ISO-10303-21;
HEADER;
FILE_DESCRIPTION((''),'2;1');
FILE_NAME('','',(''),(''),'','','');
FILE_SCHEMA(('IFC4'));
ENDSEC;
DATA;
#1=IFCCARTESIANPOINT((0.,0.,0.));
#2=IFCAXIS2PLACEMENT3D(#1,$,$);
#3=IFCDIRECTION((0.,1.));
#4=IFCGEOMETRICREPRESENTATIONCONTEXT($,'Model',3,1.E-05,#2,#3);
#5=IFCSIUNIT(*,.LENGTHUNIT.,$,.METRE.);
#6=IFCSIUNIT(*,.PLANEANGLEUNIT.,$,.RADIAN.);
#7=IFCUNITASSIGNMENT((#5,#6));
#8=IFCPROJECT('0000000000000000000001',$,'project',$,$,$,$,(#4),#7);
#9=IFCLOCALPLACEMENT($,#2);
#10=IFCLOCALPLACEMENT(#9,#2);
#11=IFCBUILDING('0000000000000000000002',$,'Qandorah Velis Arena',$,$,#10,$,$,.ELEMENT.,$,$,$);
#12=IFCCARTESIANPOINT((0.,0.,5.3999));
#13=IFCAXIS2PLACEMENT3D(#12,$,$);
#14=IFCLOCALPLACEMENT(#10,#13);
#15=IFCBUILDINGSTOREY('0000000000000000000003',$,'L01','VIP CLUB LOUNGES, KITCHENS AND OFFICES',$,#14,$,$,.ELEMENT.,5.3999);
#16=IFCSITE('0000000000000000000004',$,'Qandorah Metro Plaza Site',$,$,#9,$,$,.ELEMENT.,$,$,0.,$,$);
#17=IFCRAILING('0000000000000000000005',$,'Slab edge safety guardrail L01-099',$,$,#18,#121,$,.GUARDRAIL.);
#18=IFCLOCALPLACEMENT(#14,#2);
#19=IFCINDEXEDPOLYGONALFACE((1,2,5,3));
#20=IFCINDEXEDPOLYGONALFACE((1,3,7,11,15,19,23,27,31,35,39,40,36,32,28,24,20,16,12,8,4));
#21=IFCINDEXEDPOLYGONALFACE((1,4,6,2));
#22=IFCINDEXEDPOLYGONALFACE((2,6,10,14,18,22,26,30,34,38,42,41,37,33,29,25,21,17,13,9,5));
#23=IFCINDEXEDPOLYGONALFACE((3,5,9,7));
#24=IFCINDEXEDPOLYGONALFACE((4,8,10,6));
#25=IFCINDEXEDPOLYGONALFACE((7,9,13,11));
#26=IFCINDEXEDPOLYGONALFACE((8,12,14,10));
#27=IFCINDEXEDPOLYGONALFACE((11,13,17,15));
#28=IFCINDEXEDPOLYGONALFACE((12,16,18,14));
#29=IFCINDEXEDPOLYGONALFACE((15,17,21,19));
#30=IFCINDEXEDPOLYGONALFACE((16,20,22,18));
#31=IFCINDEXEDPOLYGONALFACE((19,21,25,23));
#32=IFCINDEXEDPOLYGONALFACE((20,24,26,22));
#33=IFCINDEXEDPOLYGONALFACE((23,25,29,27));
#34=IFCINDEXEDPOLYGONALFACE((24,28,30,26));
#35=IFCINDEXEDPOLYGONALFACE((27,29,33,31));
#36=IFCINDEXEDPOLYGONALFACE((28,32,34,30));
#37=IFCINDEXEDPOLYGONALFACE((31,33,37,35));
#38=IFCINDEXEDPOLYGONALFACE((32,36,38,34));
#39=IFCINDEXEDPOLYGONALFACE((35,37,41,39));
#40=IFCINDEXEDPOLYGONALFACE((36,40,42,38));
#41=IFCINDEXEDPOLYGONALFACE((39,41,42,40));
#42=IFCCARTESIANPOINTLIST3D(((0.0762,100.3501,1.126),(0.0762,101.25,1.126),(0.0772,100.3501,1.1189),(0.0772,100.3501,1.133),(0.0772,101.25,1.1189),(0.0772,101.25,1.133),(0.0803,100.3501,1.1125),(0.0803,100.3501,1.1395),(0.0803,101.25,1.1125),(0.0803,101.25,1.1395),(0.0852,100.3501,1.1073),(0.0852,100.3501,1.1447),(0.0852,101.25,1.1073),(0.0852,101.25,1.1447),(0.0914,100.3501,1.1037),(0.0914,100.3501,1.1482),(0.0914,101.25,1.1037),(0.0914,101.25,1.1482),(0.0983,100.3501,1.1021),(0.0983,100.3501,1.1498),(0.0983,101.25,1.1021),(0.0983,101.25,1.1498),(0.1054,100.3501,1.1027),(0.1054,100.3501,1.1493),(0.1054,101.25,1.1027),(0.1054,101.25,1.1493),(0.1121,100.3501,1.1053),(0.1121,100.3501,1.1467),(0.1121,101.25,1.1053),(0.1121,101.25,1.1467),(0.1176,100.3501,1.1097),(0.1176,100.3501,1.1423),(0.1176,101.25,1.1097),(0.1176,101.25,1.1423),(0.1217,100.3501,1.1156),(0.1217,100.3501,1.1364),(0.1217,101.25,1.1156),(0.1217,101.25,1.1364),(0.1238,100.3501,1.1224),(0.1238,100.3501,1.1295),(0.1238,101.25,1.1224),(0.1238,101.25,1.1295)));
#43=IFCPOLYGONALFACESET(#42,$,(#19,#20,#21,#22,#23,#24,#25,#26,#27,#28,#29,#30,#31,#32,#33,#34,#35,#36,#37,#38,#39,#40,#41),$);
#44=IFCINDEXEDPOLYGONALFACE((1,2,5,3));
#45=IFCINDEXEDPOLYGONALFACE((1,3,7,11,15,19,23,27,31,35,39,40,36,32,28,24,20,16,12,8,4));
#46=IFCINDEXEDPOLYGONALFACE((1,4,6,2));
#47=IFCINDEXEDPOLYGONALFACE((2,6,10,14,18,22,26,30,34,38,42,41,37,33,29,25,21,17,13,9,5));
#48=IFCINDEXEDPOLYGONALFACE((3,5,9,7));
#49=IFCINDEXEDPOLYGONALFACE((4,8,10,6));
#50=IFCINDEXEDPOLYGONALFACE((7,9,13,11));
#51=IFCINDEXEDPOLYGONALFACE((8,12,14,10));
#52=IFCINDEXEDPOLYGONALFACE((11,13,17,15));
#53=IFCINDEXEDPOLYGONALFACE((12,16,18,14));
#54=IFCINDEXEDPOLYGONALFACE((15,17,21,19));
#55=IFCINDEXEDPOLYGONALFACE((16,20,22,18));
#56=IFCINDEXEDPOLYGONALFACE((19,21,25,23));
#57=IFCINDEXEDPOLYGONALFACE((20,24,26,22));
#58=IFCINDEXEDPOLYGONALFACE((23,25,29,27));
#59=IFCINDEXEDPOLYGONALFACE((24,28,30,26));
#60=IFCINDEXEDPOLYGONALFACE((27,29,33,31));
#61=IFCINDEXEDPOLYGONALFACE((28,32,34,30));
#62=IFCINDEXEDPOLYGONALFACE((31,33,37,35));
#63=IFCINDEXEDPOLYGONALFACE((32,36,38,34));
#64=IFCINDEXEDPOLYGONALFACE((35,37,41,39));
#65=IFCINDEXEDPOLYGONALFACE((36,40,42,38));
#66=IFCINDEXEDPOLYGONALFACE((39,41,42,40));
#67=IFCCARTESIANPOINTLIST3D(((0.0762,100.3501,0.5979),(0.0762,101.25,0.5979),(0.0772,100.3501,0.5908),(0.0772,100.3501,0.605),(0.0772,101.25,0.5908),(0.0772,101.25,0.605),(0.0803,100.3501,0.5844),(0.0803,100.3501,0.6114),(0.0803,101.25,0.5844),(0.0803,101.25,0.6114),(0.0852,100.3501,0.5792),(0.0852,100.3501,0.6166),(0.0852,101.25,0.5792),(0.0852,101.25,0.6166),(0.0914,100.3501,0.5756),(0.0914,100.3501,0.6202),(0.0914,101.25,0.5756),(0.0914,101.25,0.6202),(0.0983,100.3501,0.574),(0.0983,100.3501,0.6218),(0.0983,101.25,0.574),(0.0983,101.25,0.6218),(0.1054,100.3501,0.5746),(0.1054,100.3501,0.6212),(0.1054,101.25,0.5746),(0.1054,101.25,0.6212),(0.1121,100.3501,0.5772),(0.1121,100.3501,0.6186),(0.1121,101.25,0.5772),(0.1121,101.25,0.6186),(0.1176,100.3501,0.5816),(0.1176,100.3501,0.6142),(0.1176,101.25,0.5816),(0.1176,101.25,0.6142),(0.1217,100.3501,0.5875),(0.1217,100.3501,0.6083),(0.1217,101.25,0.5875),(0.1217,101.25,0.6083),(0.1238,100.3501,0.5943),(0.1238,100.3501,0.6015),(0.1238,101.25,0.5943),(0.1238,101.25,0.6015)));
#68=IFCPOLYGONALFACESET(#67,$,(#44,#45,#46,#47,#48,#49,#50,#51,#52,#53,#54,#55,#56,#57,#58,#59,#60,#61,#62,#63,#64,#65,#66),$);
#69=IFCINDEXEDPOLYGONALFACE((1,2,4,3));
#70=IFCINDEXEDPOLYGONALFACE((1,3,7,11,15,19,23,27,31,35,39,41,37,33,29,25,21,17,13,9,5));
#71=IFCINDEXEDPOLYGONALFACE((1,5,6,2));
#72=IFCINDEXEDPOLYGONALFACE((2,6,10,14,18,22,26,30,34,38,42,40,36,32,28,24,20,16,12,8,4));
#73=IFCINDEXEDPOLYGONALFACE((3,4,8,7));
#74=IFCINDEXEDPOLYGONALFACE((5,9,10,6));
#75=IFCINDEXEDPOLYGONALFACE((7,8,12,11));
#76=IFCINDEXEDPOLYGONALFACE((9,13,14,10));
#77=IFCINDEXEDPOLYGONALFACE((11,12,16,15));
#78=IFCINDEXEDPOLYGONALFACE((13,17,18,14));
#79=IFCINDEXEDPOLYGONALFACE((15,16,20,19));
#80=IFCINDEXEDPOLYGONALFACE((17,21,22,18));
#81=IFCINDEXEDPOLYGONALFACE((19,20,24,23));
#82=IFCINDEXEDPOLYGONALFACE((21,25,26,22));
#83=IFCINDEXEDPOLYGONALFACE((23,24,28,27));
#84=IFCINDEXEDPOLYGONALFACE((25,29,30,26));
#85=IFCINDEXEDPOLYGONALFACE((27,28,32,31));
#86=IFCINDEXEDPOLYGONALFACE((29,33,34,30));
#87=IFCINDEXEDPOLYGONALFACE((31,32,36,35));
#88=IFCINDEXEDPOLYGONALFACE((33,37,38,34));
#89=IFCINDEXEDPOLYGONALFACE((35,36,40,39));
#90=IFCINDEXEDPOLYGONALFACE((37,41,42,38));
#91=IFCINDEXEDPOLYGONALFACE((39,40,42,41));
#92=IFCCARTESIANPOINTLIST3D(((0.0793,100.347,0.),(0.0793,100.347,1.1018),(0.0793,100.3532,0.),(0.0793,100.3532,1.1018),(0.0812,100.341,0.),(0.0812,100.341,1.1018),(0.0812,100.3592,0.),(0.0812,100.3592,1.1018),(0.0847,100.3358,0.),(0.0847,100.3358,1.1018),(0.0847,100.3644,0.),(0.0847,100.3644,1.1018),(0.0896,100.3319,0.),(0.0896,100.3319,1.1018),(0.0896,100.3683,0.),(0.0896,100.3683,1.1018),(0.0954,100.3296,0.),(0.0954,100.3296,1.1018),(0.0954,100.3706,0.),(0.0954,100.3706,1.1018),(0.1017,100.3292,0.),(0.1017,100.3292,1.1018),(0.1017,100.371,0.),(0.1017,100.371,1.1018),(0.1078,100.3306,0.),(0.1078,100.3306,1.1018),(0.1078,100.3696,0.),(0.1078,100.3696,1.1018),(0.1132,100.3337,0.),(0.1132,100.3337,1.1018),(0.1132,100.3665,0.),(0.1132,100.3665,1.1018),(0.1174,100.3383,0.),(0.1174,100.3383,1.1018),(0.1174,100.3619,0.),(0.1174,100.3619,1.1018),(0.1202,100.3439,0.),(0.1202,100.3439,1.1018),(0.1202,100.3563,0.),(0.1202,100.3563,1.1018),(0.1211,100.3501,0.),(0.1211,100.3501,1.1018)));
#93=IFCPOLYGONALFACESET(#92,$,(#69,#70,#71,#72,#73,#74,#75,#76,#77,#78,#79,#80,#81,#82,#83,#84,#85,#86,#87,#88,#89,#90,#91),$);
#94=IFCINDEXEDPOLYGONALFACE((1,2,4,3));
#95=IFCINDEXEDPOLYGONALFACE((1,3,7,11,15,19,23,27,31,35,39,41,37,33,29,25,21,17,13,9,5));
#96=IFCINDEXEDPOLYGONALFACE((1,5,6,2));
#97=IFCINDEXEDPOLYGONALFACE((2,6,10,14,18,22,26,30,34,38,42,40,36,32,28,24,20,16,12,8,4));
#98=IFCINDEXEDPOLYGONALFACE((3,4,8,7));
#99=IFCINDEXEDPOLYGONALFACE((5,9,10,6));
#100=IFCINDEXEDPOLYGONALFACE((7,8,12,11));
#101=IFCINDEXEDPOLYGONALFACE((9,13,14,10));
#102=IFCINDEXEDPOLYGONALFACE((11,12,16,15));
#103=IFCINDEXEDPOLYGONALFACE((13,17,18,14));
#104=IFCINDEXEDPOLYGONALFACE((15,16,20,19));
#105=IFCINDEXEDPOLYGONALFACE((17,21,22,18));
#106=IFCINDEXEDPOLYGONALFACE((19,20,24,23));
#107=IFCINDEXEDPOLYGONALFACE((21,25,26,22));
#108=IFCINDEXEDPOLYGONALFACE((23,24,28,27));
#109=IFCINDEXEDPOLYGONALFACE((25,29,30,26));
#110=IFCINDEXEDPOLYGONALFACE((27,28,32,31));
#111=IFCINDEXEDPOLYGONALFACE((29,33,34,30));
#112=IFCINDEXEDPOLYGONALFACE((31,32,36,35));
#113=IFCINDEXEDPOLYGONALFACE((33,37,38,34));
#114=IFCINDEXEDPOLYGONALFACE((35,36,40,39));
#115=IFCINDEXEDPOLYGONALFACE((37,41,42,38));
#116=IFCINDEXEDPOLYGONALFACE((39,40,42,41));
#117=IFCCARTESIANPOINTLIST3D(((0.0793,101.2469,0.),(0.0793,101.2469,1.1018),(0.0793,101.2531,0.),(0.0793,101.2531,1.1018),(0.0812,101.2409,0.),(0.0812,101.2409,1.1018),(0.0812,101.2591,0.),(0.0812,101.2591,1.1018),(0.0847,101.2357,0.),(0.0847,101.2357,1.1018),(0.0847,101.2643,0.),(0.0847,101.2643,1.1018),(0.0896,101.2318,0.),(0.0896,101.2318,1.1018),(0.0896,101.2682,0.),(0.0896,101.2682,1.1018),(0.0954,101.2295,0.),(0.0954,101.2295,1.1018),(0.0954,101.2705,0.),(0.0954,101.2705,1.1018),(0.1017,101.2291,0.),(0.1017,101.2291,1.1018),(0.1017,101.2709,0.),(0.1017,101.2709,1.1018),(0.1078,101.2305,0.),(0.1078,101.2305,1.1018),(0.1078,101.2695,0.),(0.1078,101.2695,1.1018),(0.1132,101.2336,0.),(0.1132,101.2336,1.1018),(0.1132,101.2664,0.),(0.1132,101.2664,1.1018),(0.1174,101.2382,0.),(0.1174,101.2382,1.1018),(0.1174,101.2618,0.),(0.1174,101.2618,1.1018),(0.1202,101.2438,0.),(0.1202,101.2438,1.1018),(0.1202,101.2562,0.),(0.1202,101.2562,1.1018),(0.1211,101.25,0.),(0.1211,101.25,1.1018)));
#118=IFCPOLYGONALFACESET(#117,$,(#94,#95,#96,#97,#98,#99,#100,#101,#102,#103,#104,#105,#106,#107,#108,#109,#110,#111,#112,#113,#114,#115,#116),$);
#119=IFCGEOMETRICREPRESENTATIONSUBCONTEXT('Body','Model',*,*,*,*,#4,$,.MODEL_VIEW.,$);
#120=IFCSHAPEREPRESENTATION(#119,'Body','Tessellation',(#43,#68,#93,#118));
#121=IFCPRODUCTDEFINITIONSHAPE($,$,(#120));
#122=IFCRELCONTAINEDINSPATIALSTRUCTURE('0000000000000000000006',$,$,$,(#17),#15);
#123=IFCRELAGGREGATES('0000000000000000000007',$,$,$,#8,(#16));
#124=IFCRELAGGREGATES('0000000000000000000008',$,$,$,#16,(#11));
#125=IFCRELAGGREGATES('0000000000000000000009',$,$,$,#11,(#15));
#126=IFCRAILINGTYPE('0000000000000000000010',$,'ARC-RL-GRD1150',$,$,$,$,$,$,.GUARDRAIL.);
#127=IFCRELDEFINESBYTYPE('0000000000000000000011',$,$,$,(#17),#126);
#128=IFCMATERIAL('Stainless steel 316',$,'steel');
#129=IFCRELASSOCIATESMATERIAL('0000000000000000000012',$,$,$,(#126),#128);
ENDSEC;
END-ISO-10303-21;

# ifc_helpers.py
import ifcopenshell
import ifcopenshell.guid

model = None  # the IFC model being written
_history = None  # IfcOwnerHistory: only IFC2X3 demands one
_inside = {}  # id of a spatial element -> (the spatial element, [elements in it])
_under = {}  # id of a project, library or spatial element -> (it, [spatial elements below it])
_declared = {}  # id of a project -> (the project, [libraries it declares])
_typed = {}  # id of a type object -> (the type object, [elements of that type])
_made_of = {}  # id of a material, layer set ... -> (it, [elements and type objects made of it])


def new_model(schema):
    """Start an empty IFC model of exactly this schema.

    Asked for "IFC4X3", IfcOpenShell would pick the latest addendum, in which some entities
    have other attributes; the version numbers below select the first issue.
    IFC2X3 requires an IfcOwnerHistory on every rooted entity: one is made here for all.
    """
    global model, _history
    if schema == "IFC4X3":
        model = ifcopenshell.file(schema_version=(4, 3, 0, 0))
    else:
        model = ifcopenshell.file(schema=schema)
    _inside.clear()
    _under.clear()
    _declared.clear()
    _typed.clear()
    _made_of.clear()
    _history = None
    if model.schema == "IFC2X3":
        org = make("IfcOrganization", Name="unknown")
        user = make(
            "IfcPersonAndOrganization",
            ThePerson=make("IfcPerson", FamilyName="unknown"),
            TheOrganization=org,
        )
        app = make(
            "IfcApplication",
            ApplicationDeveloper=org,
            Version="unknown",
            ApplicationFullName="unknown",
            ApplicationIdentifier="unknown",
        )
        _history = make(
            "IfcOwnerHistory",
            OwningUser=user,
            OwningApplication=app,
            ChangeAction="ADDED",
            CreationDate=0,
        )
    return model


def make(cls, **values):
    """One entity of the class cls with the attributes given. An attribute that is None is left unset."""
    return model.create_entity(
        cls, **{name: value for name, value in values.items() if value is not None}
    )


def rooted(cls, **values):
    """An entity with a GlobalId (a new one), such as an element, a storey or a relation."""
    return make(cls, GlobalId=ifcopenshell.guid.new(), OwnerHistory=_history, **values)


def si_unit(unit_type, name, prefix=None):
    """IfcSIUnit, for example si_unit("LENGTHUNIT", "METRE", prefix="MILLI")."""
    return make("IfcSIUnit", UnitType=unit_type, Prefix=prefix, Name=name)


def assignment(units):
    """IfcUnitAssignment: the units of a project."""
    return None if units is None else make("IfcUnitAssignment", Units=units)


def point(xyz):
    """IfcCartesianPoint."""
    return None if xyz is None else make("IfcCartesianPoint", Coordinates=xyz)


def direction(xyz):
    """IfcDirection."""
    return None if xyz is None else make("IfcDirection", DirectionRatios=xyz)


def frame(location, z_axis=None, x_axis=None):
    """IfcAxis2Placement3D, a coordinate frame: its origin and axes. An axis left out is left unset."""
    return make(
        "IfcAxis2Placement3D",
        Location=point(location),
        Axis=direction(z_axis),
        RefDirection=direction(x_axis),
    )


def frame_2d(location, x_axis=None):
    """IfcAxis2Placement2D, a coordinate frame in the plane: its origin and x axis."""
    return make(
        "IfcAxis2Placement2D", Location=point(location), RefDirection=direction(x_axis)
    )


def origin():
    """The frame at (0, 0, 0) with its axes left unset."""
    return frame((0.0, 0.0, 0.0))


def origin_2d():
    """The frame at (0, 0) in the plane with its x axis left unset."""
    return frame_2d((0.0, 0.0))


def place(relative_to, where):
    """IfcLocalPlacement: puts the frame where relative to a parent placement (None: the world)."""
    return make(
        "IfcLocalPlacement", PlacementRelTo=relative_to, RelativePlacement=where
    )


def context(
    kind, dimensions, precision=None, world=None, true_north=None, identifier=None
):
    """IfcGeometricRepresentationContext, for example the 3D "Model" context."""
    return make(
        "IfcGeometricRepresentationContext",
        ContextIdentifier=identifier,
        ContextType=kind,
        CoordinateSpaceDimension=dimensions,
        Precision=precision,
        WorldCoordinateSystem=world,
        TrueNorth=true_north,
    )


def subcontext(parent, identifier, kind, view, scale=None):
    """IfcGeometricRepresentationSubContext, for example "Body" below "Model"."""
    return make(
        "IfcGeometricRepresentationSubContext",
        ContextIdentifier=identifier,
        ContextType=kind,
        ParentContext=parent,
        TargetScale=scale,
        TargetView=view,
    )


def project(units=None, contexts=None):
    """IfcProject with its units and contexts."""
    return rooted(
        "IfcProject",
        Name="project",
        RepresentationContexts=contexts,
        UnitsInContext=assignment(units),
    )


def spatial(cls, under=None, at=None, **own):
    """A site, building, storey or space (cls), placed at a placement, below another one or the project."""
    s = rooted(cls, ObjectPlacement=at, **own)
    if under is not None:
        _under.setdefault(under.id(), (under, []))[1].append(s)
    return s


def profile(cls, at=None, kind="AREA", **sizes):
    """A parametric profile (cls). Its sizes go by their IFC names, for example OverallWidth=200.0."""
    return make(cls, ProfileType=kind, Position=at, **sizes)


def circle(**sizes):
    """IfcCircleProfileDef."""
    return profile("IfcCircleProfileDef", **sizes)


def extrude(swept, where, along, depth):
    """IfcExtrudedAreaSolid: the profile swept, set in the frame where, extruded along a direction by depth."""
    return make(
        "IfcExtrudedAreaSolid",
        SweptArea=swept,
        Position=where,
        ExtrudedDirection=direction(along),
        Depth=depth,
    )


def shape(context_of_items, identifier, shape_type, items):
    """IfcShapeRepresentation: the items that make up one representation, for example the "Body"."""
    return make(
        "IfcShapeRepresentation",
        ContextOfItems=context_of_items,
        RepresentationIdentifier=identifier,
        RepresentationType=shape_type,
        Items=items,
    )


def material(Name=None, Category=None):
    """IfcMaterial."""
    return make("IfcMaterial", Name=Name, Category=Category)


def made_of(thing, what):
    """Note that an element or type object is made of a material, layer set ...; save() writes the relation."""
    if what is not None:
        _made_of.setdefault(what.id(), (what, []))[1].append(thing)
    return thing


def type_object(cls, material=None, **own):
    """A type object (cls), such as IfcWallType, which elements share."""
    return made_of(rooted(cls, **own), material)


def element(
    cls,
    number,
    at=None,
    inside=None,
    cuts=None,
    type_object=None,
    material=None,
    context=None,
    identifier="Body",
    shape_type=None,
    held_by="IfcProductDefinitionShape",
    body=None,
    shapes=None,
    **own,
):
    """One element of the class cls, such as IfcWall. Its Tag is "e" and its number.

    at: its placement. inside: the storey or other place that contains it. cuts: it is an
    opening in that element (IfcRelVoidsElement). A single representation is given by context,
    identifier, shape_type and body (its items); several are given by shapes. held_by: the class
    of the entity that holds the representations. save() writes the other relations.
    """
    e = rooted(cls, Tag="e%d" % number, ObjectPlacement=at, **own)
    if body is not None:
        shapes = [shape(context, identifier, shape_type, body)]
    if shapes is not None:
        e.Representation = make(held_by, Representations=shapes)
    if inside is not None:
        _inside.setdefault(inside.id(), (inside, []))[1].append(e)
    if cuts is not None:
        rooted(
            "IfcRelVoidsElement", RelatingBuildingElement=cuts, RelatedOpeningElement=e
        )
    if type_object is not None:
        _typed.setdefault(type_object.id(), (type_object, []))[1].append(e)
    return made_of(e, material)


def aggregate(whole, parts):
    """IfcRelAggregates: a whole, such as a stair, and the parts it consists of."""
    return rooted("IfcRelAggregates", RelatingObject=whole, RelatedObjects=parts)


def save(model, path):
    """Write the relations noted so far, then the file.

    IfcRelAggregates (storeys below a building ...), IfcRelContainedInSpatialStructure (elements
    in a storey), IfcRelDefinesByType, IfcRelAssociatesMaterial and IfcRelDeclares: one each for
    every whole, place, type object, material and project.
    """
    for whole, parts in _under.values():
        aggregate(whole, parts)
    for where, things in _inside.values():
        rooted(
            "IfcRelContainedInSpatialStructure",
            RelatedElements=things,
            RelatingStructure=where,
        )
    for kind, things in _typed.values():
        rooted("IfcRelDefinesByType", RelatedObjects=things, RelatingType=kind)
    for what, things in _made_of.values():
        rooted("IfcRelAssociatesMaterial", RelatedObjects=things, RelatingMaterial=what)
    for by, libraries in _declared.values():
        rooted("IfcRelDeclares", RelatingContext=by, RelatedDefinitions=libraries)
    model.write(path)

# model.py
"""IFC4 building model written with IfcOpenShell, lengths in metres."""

from ifc_helpers import new_model, si_unit, direction, frame, origin, origin_2d, place, context, subcontext, project, spatial, circle, extrude, material, type_object, element, save


model = new_model("IFC4")

# Units and contexts
model_context = context("Model", 3, precision=1e-05, world=origin(), true_north=direction((0.0, 1.0)))
body_context = subcontext(model_context, "Body", "Model", "MODEL_VIEW")
ifc_project = project(units=[si_unit("LENGTHUNIT", "METRE"), si_unit("PLANEANGLEUNIT", "RADIAN")], contexts=[model_context])

# Site, building, storey
site_placement = place(None, origin())
site = spatial("IfcSite", under=ifc_project, at=site_placement, Name="Qandorah Metro Plaza Site", CompositionType="ELEMENT", RefElevation=0.0)
building_placement = place(site_placement, origin())
building = spatial("IfcBuilding", under=site, at=building_placement, Name="Qandorah Velis Arena", CompositionType="ELEMENT")
storey_placement = place(building_placement, frame((0.0, 0.0, 5.3999)))
storey = spatial("IfcBuildingStorey", under=building, at=storey_placement, Name="L01", Description="VIP CLUB LOUNGES, KITCHENS AND OFFICES", CompositionType="ELEMENT", Elevation=5.3999)

# Railing
ifc_material_1 = material(Name="Stainless steel 316", Category="steel")
railing_type = type_object("IfcRailingType", Name="ARC-RL-GRD1150", PredefinedType="GUARDRAIL", material=ifc_material_1)
railing_1_placement = place(storey_placement, frame((0.1001, 100.3501, 0.0)))
element("IfcRailing", 1, at=railing_1_placement, inside=storey, type_object=railing_type, Name="Slab edge safety guardrail L01-099", PredefinedType="GUARDRAIL", context=body_context, shape_type="SweptSolid", body=[
    extrude(circle(Radius=0.0239, at=origin_2d()), frame((0.0, 0.0, 1.126), z_axis=(0.0, 1.0, 0.0), x_axis=(-1.0, 0.0, 0.0)), (0.0, 0.0, 1.0), 0.8999),
    extrude(circle(Radius=0.0239, at=origin_2d()), frame((0.0, 0.0, 0.5979), z_axis=(0.0, 1.0, 0.0), x_axis=(-1.0, 0.0, 0.0)), (0.0, 0.0, 1.0), 0.8999),
    extrude(circle(Radius=0.021, at=origin_2d()), origin(), (0.0, 0.0, 1.0), 1.1018),
    extrude(circle(Radius=0.021, at=origin_2d()), frame((0.0, 0.8999, 0.0)), (0.0, 0.0, 1.0), 1.1018),
])

save(model, "model.ifc")
